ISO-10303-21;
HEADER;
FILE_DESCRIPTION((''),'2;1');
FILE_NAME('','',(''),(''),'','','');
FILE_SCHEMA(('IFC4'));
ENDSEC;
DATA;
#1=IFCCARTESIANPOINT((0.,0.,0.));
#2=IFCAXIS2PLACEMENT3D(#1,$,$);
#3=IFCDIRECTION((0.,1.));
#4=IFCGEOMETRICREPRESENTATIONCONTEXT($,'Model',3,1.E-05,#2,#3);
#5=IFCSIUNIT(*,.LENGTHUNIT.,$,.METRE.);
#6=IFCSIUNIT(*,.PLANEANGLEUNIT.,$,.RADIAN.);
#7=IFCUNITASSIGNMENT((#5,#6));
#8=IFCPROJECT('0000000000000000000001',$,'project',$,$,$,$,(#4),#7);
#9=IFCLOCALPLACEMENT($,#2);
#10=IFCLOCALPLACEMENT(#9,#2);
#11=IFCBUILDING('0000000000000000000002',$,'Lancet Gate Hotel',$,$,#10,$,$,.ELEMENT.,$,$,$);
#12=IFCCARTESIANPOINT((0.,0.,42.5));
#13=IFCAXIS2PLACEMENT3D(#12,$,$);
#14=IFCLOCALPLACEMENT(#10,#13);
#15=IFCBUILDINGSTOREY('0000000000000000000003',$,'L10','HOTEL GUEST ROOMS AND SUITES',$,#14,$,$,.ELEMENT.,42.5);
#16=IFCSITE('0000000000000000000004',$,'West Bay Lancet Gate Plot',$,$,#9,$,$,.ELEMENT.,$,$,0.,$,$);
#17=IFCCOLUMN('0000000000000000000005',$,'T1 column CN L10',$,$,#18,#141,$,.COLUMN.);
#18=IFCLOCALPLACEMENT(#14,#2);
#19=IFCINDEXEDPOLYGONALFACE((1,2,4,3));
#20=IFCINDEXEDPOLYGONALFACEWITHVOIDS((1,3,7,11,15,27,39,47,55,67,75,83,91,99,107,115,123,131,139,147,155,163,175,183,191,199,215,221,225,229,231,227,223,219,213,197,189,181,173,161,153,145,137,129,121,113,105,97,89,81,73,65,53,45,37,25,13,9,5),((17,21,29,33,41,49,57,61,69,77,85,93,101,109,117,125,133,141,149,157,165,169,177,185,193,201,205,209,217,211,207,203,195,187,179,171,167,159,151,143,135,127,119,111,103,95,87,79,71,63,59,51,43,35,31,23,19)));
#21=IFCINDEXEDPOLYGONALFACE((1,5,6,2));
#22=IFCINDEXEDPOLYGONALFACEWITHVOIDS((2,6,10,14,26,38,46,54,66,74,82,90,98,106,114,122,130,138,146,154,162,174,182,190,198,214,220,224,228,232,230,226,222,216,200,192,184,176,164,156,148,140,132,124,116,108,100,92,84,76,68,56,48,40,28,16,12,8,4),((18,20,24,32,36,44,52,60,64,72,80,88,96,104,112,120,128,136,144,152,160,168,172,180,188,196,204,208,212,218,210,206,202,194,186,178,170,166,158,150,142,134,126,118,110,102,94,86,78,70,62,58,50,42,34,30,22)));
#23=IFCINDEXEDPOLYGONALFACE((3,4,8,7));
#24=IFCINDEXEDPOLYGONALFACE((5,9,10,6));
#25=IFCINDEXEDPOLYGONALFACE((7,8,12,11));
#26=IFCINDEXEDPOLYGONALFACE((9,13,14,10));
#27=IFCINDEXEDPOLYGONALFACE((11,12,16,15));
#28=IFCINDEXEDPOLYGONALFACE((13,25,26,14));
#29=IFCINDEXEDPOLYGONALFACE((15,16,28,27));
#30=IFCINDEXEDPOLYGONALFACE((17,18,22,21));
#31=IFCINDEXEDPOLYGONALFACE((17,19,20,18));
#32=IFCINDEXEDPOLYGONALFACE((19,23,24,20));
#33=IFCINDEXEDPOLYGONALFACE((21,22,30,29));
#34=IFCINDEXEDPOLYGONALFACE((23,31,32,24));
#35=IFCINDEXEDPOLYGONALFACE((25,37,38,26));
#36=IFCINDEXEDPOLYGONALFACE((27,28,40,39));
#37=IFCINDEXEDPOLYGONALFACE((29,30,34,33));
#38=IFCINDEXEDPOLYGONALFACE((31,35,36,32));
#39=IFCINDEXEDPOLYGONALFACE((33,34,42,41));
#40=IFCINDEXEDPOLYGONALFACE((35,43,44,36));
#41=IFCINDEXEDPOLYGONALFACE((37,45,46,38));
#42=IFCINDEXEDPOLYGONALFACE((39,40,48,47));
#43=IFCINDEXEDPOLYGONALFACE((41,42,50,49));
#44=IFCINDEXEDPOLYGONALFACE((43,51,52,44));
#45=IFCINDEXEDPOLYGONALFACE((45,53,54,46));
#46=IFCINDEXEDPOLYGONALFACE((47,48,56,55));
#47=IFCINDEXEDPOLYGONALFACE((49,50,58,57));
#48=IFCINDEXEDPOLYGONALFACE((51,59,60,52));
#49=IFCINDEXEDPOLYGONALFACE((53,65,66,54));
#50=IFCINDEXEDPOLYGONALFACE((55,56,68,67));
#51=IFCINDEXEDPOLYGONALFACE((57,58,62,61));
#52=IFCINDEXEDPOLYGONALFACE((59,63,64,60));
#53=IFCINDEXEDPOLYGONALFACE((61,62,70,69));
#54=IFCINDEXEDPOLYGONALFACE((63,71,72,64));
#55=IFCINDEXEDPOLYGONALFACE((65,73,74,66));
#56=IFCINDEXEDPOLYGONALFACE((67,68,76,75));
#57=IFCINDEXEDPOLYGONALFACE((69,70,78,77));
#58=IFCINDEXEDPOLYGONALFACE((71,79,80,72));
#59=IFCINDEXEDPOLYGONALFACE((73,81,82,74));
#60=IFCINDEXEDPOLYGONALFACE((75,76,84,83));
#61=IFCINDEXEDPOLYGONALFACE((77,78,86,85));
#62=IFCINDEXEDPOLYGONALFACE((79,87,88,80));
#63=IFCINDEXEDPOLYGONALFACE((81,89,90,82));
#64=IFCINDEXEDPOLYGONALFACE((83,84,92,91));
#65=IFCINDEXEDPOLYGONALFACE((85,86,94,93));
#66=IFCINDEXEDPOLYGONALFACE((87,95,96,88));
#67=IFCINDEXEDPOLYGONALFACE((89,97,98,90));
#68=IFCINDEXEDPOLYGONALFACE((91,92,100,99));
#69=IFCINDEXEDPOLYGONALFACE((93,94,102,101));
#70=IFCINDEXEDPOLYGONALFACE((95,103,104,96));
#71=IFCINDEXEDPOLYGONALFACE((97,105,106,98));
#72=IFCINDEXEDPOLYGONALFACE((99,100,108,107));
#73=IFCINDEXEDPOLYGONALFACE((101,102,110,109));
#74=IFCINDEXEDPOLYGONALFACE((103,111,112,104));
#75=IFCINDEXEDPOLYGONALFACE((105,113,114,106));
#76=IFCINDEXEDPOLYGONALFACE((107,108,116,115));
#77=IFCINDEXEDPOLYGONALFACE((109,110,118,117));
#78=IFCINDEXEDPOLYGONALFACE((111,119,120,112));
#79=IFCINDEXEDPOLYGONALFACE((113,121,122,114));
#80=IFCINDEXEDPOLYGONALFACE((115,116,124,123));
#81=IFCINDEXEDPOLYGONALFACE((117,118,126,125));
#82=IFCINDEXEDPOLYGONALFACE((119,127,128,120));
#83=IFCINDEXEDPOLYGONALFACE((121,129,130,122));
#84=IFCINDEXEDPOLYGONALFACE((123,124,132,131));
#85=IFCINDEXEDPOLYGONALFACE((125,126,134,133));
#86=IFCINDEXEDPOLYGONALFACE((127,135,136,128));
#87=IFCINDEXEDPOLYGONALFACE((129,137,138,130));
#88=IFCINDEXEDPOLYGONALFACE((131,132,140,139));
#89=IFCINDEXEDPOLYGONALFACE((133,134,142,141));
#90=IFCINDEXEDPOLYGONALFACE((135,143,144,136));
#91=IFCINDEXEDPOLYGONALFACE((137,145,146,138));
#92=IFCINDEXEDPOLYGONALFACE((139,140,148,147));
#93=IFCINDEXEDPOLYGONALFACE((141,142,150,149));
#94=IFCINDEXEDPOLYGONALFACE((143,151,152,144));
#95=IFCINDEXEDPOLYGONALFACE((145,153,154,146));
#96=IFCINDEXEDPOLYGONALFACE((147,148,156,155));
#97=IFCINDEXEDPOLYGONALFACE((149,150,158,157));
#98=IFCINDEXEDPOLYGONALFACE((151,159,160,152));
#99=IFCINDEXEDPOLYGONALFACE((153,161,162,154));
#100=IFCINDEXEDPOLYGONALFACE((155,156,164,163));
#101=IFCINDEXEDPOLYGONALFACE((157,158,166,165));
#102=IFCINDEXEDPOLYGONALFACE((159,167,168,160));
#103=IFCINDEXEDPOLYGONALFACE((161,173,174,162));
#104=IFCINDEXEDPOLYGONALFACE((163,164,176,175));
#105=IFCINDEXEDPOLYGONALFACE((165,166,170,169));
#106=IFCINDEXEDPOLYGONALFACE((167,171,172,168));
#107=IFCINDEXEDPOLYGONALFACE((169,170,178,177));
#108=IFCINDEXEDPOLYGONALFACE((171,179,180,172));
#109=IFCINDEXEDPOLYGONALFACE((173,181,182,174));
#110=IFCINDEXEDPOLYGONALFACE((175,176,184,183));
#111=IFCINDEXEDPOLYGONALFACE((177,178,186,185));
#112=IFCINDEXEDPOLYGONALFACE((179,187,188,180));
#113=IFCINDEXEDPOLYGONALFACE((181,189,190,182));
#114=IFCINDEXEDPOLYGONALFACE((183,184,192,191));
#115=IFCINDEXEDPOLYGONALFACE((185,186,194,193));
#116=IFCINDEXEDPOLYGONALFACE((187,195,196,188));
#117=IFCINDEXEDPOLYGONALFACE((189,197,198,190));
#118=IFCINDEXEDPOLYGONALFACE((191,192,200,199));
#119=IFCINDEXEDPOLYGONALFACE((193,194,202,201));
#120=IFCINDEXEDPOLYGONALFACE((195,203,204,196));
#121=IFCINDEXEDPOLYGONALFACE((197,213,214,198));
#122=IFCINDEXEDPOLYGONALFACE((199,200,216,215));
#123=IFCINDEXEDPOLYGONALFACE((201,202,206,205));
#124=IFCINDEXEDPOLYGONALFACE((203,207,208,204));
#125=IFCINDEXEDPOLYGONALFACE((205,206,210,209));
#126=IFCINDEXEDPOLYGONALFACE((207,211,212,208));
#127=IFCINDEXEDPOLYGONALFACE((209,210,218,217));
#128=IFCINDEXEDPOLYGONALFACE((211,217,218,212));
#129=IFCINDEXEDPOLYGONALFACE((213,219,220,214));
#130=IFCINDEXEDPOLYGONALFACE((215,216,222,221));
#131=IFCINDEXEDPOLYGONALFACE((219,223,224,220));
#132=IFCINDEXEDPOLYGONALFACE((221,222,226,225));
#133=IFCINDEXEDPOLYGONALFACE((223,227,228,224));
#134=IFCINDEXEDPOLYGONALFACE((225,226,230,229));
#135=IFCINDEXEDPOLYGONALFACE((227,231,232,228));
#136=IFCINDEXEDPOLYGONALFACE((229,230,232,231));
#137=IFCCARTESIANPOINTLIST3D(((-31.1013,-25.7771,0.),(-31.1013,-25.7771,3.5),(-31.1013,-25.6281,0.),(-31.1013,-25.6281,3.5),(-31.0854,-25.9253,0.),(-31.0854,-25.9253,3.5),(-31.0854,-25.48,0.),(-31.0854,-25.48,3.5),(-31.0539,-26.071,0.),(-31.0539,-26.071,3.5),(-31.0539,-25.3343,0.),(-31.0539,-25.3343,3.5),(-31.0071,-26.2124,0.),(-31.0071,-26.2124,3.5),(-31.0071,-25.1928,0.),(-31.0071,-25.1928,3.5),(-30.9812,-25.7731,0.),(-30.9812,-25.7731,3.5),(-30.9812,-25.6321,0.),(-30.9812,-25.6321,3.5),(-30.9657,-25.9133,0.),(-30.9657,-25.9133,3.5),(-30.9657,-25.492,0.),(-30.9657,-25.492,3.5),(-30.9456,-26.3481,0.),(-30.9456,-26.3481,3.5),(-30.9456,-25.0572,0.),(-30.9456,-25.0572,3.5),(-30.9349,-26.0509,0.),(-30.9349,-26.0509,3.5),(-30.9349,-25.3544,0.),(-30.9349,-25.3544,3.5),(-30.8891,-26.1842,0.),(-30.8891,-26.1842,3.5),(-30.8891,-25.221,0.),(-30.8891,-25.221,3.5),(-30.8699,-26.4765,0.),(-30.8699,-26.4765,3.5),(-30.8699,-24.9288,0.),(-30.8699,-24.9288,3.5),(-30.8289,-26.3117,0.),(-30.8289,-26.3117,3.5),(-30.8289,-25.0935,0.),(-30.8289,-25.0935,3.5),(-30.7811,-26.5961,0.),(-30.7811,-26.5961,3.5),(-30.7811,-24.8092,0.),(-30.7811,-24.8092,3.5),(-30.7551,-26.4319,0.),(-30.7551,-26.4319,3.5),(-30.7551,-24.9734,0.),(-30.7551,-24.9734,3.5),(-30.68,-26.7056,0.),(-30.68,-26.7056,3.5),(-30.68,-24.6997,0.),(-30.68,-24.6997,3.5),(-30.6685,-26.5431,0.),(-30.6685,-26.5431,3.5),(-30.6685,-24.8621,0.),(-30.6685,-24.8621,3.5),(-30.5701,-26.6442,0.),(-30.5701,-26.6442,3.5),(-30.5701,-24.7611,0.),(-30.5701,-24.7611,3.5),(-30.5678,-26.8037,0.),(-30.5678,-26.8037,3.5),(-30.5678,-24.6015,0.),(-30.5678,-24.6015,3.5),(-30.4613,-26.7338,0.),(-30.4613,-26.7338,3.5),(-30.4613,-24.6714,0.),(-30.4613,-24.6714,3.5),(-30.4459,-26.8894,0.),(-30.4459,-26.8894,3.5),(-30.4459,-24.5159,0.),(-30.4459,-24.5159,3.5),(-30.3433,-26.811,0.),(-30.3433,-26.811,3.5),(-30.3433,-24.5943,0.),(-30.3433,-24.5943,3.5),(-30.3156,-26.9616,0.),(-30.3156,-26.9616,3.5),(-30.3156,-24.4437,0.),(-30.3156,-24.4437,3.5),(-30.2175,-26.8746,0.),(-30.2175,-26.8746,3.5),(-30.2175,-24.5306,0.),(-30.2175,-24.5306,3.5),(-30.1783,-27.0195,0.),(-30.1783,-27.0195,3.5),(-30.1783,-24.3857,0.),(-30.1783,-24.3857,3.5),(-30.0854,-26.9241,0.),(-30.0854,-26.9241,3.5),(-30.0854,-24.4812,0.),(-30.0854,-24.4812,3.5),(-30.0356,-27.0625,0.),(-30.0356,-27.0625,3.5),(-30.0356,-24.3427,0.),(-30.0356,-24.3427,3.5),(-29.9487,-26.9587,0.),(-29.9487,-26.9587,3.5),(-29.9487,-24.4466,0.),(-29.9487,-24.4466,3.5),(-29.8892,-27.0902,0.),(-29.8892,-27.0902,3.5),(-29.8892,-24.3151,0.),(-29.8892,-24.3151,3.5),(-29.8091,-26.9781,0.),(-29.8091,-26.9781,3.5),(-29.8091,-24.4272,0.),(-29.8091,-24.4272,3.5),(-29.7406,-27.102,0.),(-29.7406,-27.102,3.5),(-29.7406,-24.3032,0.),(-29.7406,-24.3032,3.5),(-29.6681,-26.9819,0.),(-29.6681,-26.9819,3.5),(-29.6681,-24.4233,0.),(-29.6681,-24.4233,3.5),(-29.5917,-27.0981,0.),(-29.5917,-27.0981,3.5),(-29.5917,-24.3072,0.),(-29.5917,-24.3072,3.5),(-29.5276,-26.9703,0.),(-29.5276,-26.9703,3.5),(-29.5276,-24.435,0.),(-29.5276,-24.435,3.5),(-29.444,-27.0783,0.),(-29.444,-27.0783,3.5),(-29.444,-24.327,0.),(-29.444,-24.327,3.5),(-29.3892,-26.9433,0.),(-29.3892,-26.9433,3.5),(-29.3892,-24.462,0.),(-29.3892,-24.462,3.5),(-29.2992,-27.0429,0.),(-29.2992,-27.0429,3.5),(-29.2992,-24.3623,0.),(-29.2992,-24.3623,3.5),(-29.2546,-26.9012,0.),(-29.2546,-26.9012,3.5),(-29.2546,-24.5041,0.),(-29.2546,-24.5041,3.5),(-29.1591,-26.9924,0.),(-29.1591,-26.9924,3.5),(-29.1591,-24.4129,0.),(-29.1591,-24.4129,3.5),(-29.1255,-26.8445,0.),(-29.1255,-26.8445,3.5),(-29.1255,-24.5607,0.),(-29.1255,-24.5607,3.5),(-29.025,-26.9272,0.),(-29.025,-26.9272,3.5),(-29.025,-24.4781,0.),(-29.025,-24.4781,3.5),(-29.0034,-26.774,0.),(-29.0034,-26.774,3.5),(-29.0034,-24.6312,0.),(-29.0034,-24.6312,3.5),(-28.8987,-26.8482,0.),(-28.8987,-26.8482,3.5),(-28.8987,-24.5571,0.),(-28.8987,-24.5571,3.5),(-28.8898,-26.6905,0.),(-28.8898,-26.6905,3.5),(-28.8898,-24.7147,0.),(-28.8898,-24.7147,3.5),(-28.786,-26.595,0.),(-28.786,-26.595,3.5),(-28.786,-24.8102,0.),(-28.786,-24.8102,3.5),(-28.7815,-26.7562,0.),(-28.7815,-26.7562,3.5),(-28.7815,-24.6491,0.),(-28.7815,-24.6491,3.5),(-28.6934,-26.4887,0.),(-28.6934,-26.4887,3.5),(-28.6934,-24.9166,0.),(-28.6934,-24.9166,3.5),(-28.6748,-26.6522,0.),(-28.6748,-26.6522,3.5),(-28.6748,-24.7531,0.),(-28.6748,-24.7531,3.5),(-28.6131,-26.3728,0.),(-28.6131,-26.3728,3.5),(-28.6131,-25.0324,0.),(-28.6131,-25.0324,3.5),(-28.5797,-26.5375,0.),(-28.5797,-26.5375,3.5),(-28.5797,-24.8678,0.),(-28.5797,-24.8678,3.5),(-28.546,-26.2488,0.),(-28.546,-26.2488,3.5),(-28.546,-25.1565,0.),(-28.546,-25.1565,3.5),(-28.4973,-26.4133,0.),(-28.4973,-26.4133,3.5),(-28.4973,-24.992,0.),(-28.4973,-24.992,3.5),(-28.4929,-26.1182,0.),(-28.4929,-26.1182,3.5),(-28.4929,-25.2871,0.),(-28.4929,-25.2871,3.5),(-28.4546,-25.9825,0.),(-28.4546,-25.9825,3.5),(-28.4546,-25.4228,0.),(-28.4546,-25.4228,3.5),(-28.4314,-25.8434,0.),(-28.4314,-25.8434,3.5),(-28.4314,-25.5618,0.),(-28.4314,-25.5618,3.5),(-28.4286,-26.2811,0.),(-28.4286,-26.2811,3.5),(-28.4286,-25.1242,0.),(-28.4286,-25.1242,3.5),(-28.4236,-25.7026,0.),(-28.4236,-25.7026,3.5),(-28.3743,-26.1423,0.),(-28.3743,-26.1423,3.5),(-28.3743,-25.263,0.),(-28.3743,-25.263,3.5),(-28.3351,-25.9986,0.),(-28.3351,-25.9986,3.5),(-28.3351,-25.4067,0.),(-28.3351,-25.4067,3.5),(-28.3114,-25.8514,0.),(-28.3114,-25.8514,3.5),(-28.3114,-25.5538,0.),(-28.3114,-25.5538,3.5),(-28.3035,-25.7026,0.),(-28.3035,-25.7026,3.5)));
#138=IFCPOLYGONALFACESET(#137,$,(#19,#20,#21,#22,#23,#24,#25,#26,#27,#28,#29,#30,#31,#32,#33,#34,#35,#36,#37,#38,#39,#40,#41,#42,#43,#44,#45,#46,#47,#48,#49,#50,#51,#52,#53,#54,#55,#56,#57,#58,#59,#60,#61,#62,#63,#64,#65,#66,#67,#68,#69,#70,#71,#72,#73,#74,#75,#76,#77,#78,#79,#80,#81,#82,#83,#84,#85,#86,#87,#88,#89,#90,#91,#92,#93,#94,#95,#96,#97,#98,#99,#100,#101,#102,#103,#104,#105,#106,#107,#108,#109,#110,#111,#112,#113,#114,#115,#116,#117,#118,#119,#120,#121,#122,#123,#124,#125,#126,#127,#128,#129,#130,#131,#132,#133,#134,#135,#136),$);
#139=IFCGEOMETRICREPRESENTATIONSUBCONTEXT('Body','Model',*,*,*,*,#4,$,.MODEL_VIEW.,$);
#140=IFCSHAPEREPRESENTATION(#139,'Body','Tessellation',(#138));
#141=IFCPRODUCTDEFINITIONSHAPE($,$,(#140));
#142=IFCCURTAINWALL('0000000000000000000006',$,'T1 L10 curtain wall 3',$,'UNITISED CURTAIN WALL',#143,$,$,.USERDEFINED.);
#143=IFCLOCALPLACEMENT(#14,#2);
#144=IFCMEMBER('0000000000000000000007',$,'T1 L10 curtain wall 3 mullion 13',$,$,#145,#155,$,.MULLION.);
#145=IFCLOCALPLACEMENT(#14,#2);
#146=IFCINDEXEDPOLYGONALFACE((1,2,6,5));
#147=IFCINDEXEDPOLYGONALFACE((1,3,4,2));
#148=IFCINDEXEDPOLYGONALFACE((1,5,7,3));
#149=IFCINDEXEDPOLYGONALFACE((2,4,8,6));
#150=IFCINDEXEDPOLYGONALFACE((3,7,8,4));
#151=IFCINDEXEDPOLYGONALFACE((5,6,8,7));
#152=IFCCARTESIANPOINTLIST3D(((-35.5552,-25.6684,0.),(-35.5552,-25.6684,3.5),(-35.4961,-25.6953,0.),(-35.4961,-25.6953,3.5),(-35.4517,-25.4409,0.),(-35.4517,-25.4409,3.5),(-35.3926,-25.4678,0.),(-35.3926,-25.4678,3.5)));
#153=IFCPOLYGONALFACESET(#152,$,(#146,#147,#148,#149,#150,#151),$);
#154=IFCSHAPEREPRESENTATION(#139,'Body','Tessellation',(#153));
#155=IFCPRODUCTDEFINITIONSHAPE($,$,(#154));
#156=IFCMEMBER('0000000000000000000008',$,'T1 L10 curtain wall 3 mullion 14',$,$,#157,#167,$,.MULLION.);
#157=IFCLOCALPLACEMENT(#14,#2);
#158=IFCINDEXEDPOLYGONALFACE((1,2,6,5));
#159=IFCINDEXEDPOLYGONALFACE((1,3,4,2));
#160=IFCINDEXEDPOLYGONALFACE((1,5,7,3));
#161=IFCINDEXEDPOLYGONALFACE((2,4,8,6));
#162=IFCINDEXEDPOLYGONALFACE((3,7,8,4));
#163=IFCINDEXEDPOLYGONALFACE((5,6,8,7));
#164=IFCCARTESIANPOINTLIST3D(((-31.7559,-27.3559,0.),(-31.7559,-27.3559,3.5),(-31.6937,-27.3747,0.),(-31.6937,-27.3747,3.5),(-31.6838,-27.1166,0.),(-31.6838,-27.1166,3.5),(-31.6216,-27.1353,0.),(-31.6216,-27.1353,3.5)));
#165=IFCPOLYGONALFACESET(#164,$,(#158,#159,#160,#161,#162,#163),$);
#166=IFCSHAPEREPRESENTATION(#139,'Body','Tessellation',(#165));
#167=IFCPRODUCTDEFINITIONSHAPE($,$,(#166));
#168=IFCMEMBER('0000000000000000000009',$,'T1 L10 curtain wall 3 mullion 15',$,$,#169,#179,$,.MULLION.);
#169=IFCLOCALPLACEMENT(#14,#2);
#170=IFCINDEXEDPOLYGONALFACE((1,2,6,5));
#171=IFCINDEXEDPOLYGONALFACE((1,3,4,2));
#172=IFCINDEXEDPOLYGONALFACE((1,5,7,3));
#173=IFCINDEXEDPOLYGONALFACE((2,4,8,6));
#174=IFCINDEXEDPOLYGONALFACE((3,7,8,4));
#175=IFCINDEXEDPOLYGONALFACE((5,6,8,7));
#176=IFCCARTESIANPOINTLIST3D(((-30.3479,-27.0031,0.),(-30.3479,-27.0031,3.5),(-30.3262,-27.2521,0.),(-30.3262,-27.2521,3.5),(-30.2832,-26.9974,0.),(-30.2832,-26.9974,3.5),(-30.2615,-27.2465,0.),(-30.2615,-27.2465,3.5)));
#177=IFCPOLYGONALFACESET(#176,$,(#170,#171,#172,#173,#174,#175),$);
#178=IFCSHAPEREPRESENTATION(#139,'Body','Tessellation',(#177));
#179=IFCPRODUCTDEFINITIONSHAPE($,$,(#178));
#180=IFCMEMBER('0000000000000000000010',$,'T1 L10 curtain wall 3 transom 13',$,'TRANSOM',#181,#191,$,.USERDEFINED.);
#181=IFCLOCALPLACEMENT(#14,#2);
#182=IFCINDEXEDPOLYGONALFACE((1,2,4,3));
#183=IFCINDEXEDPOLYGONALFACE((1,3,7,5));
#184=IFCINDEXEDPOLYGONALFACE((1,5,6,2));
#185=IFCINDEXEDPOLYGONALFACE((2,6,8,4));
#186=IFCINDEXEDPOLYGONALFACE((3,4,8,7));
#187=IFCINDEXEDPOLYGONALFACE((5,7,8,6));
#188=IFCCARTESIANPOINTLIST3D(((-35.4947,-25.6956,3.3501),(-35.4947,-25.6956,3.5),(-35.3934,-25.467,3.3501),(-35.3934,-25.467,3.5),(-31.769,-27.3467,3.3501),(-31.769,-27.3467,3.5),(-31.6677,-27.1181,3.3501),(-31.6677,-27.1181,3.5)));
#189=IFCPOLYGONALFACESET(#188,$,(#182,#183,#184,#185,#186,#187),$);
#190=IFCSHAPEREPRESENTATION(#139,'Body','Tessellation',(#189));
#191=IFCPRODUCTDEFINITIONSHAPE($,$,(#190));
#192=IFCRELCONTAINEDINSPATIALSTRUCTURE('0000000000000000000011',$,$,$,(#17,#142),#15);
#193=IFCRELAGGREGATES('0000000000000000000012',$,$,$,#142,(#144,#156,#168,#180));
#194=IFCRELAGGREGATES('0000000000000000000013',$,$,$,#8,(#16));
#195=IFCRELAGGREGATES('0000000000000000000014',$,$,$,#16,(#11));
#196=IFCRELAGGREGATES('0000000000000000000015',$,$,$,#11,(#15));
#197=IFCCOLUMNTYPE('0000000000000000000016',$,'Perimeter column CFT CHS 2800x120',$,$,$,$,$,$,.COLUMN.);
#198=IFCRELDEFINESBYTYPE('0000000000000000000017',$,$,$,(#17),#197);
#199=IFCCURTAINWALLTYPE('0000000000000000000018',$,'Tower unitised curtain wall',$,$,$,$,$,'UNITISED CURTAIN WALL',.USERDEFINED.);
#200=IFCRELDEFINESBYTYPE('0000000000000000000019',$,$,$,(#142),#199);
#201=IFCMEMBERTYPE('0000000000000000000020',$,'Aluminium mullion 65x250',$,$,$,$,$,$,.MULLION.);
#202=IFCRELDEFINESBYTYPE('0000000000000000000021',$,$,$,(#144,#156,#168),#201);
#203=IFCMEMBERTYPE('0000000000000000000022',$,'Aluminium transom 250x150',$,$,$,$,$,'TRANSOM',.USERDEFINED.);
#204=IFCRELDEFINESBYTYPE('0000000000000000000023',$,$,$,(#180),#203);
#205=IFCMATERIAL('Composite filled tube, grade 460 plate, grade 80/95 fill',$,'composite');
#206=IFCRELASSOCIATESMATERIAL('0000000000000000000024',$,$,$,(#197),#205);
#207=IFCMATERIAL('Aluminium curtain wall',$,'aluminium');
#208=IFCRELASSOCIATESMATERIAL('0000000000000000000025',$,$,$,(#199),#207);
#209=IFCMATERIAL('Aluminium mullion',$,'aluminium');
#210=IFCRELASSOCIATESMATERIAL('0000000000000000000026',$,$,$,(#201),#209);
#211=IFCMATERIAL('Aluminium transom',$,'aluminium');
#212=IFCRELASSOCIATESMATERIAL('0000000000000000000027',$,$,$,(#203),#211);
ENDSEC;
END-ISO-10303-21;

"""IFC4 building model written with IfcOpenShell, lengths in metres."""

from ifc_helpers import new_model, si_unit, direction, frame, origin, origin_2d, place, context, subcontext, project, spatial, rectangle, hollow_circle, extrude, material, material_profile, profile_set, type_object, element, aggregate, save


model = new_model("IFC4")

# Units and contexts
model_context = context("Model", 3, precision=1e-05, world=origin(), true_north=direction((0.0, 1.0)))
body_context = subcontext(model_context, "Body", "Model", "MODEL_VIEW")
ifc_project = project(units=[si_unit("LENGTHUNIT", "METRE"), si_unit("PLANEANGLEUNIT", "RADIAN")], contexts=[model_context])

# Site, building, storey
site_placement = place(None, origin())
site = spatial("IfcSite", under=ifc_project, at=site_placement, Name="West Bay Lancet Gate Plot", CompositionType="ELEMENT", RefElevation=0.0)
building_placement = place(site_placement, origin())
building = spatial("IfcBuilding", under=site, at=building_placement, Name="Lancet Gate Hotel", CompositionType="ELEMENT")
storey_placement = place(building_placement, frame((0.0, 0.0, 42.5)))
storey = spatial("IfcBuildingStorey", under=building, at=storey_placement, Name="L10", Description="HOTEL GUEST ROOMS AND SUITES", CompositionType="ELEMENT", Elevation=42.5)

# Column
ifc_material_1 = material(Name="Composite filled tube, grade 460 plate, grade 80/95 fill", Category="composite")
ifc_material_profile_1 = material_profile(ifc_material_1, hollow_circle(Radius=1.3999, WallThickness=0.1201, at=origin_2d()), Name="CHS 2800x120")
ifc_profile_set_1 = profile_set([ifc_material_profile_1], Name="Composite filled tube, grade 460 plate, grade 80/95 fill")
column_type = type_object("IfcColumnType", Name="Perimeter column CFT CHS 2800x120", PredefinedType="COLUMN", material=ifc_profile_set_1)
column_placement = place(storey_placement, frame((-29.7034, -25.7026, 0.0), z_axis=(0.0, 0.0, 1.0), x_axis=(1.0, 0.0, 0.0)))
element("IfcColumn", 1, at=column_placement, inside=storey, type_object=column_type, Name="T1 column CN L10", PredefinedType="COLUMN", context=body_context, shape_type="SweptSolid", body=[
    extrude(hollow_circle(Radius=1.3999, WallThickness=0.1201, at=origin_2d()), origin(), (0.0, 0.0, 1.0), 3.5),
])

# Curtain wall, members
ifc_material_2 = material(Name="Aluminium curtain wall", Category="aluminium")
curtain_wall_type = type_object("IfcCurtainWallType", Name="Tower unitised curtain wall", ElementType="UNITISED CURTAIN WALL", PredefinedType="USERDEFINED", material=ifc_material_2)
curtain_wall_placement = place(storey_placement, origin())
curtain_wall = element("IfcCurtainWall", 2, at=curtain_wall_placement, inside=storey, type_object=curtain_wall_type, Name="T1 L10 curtain wall 3", ObjectType="UNITISED CURTAIN WALL", PredefinedType="USERDEFINED")
ifc_material_3 = material(Name="Aluminium mullion", Category="aluminium")
ifc_material_profile_2 = material_profile(ifc_material_3, rectangle(XDim=0.0649, YDim=0.25, at=origin_2d()), Name="MULLION 65x250")
ifc_profile_set_2 = profile_set([ifc_material_profile_2], Name="Aluminium mullion")
member_type_1 = type_object("IfcMemberType", Name="Aluminium mullion 65x250", PredefinedType="MULLION", material=ifc_profile_set_2)
member_1_placement = place(storey_placement, frame((-35.4739, -25.5681, 0.0), z_axis=(0.0, 0.0, 1.0), x_axis=(0.91022, -0.414126, 0.0)))
member_1 = element("IfcMember", 3, at=member_1_placement, type_object=member_type_1, Name="T1 L10 curtain wall 3 mullion 13", PredefinedType="MULLION", context=body_context, shape_type="SweptSolid", body=[
    extrude(rectangle(XDim=0.0649, YDim=0.25, at=origin_2d()), origin(), (0.0, 0.0, 1.0), 3.5),
])
member_2_placement = place(storey_placement, frame((-31.6887, -27.2456, 0.0), z_axis=(0.0, 0.0, 1.0), x_axis=(0.957524, -0.288352, 0.0)))
member_2 = element("IfcMember", 4, at=member_2_placement, type_object=member_type_1, Name="T1 L10 curtain wall 3 mullion 14", PredefinedType="MULLION", context=body_context, shape_type="SweptSolid", body=[
    extrude(rectangle(XDim=0.0649, YDim=0.25, at=origin_2d()), origin(), (0.0, 0.0, 1.0), 3.5),
])
member_3_placement = place(storey_placement, frame((-30.3047, -27.1248, 0.0), z_axis=(0.0, 0.0, 1.0), x_axis=(0.996204, 0.087052, 0.0)))
member_3 = element("IfcMember", 5, at=member_3_placement, type_object=member_type_1, Name="T1 L10 curtain wall 3 mullion 15", PredefinedType="MULLION", context=body_context, shape_type="SweptSolid", body=[
    extrude(rectangle(XDim=0.0649, YDim=0.25, at=origin_2d()), origin(), (0.0, 0.0, 1.0), 3.5),
])
ifc_material_4 = material(Name="Aluminium transom", Category="aluminium")
ifc_material_profile_3 = material_profile(ifc_material_4, rectangle(XDim=0.25, YDim=0.1499, at=origin_2d()), Name="TRANSOM 250x150")
ifc_profile_set_3 = profile_set([ifc_material_profile_3], Name="Aluminium transom")
member_type_2 = type_object("IfcMemberType", Name="Aluminium transom 250x150", ElementType="TRANSOM", PredefinedType="USERDEFINED", material=ifc_profile_set_3)
member_4_placement = place(storey_placement, frame((-35.4441, -25.5813, 3.425), z_axis=(0.914248, -0.405154, 0.0), x_axis=(0.405154, 0.914248, 0.0)))
member_4 = element("IfcMember", 6, at=member_4_placement, type_object=member_type_2, Name="T1 L10 curtain wall 3 transom 13", ObjectType="TRANSOM", PredefinedType="USERDEFINED", context=body_context, shape_type="SweptSolid", body=[
    extrude(rectangle(XDim=0.25, YDim=0.1499, at=origin_2d()), origin(), (0.0, 0.0, 1.0), 4.0752),
])

aggregate(curtain_wall, [member_1, member_2, member_3, member_4])

save(model, "model.ifc")
